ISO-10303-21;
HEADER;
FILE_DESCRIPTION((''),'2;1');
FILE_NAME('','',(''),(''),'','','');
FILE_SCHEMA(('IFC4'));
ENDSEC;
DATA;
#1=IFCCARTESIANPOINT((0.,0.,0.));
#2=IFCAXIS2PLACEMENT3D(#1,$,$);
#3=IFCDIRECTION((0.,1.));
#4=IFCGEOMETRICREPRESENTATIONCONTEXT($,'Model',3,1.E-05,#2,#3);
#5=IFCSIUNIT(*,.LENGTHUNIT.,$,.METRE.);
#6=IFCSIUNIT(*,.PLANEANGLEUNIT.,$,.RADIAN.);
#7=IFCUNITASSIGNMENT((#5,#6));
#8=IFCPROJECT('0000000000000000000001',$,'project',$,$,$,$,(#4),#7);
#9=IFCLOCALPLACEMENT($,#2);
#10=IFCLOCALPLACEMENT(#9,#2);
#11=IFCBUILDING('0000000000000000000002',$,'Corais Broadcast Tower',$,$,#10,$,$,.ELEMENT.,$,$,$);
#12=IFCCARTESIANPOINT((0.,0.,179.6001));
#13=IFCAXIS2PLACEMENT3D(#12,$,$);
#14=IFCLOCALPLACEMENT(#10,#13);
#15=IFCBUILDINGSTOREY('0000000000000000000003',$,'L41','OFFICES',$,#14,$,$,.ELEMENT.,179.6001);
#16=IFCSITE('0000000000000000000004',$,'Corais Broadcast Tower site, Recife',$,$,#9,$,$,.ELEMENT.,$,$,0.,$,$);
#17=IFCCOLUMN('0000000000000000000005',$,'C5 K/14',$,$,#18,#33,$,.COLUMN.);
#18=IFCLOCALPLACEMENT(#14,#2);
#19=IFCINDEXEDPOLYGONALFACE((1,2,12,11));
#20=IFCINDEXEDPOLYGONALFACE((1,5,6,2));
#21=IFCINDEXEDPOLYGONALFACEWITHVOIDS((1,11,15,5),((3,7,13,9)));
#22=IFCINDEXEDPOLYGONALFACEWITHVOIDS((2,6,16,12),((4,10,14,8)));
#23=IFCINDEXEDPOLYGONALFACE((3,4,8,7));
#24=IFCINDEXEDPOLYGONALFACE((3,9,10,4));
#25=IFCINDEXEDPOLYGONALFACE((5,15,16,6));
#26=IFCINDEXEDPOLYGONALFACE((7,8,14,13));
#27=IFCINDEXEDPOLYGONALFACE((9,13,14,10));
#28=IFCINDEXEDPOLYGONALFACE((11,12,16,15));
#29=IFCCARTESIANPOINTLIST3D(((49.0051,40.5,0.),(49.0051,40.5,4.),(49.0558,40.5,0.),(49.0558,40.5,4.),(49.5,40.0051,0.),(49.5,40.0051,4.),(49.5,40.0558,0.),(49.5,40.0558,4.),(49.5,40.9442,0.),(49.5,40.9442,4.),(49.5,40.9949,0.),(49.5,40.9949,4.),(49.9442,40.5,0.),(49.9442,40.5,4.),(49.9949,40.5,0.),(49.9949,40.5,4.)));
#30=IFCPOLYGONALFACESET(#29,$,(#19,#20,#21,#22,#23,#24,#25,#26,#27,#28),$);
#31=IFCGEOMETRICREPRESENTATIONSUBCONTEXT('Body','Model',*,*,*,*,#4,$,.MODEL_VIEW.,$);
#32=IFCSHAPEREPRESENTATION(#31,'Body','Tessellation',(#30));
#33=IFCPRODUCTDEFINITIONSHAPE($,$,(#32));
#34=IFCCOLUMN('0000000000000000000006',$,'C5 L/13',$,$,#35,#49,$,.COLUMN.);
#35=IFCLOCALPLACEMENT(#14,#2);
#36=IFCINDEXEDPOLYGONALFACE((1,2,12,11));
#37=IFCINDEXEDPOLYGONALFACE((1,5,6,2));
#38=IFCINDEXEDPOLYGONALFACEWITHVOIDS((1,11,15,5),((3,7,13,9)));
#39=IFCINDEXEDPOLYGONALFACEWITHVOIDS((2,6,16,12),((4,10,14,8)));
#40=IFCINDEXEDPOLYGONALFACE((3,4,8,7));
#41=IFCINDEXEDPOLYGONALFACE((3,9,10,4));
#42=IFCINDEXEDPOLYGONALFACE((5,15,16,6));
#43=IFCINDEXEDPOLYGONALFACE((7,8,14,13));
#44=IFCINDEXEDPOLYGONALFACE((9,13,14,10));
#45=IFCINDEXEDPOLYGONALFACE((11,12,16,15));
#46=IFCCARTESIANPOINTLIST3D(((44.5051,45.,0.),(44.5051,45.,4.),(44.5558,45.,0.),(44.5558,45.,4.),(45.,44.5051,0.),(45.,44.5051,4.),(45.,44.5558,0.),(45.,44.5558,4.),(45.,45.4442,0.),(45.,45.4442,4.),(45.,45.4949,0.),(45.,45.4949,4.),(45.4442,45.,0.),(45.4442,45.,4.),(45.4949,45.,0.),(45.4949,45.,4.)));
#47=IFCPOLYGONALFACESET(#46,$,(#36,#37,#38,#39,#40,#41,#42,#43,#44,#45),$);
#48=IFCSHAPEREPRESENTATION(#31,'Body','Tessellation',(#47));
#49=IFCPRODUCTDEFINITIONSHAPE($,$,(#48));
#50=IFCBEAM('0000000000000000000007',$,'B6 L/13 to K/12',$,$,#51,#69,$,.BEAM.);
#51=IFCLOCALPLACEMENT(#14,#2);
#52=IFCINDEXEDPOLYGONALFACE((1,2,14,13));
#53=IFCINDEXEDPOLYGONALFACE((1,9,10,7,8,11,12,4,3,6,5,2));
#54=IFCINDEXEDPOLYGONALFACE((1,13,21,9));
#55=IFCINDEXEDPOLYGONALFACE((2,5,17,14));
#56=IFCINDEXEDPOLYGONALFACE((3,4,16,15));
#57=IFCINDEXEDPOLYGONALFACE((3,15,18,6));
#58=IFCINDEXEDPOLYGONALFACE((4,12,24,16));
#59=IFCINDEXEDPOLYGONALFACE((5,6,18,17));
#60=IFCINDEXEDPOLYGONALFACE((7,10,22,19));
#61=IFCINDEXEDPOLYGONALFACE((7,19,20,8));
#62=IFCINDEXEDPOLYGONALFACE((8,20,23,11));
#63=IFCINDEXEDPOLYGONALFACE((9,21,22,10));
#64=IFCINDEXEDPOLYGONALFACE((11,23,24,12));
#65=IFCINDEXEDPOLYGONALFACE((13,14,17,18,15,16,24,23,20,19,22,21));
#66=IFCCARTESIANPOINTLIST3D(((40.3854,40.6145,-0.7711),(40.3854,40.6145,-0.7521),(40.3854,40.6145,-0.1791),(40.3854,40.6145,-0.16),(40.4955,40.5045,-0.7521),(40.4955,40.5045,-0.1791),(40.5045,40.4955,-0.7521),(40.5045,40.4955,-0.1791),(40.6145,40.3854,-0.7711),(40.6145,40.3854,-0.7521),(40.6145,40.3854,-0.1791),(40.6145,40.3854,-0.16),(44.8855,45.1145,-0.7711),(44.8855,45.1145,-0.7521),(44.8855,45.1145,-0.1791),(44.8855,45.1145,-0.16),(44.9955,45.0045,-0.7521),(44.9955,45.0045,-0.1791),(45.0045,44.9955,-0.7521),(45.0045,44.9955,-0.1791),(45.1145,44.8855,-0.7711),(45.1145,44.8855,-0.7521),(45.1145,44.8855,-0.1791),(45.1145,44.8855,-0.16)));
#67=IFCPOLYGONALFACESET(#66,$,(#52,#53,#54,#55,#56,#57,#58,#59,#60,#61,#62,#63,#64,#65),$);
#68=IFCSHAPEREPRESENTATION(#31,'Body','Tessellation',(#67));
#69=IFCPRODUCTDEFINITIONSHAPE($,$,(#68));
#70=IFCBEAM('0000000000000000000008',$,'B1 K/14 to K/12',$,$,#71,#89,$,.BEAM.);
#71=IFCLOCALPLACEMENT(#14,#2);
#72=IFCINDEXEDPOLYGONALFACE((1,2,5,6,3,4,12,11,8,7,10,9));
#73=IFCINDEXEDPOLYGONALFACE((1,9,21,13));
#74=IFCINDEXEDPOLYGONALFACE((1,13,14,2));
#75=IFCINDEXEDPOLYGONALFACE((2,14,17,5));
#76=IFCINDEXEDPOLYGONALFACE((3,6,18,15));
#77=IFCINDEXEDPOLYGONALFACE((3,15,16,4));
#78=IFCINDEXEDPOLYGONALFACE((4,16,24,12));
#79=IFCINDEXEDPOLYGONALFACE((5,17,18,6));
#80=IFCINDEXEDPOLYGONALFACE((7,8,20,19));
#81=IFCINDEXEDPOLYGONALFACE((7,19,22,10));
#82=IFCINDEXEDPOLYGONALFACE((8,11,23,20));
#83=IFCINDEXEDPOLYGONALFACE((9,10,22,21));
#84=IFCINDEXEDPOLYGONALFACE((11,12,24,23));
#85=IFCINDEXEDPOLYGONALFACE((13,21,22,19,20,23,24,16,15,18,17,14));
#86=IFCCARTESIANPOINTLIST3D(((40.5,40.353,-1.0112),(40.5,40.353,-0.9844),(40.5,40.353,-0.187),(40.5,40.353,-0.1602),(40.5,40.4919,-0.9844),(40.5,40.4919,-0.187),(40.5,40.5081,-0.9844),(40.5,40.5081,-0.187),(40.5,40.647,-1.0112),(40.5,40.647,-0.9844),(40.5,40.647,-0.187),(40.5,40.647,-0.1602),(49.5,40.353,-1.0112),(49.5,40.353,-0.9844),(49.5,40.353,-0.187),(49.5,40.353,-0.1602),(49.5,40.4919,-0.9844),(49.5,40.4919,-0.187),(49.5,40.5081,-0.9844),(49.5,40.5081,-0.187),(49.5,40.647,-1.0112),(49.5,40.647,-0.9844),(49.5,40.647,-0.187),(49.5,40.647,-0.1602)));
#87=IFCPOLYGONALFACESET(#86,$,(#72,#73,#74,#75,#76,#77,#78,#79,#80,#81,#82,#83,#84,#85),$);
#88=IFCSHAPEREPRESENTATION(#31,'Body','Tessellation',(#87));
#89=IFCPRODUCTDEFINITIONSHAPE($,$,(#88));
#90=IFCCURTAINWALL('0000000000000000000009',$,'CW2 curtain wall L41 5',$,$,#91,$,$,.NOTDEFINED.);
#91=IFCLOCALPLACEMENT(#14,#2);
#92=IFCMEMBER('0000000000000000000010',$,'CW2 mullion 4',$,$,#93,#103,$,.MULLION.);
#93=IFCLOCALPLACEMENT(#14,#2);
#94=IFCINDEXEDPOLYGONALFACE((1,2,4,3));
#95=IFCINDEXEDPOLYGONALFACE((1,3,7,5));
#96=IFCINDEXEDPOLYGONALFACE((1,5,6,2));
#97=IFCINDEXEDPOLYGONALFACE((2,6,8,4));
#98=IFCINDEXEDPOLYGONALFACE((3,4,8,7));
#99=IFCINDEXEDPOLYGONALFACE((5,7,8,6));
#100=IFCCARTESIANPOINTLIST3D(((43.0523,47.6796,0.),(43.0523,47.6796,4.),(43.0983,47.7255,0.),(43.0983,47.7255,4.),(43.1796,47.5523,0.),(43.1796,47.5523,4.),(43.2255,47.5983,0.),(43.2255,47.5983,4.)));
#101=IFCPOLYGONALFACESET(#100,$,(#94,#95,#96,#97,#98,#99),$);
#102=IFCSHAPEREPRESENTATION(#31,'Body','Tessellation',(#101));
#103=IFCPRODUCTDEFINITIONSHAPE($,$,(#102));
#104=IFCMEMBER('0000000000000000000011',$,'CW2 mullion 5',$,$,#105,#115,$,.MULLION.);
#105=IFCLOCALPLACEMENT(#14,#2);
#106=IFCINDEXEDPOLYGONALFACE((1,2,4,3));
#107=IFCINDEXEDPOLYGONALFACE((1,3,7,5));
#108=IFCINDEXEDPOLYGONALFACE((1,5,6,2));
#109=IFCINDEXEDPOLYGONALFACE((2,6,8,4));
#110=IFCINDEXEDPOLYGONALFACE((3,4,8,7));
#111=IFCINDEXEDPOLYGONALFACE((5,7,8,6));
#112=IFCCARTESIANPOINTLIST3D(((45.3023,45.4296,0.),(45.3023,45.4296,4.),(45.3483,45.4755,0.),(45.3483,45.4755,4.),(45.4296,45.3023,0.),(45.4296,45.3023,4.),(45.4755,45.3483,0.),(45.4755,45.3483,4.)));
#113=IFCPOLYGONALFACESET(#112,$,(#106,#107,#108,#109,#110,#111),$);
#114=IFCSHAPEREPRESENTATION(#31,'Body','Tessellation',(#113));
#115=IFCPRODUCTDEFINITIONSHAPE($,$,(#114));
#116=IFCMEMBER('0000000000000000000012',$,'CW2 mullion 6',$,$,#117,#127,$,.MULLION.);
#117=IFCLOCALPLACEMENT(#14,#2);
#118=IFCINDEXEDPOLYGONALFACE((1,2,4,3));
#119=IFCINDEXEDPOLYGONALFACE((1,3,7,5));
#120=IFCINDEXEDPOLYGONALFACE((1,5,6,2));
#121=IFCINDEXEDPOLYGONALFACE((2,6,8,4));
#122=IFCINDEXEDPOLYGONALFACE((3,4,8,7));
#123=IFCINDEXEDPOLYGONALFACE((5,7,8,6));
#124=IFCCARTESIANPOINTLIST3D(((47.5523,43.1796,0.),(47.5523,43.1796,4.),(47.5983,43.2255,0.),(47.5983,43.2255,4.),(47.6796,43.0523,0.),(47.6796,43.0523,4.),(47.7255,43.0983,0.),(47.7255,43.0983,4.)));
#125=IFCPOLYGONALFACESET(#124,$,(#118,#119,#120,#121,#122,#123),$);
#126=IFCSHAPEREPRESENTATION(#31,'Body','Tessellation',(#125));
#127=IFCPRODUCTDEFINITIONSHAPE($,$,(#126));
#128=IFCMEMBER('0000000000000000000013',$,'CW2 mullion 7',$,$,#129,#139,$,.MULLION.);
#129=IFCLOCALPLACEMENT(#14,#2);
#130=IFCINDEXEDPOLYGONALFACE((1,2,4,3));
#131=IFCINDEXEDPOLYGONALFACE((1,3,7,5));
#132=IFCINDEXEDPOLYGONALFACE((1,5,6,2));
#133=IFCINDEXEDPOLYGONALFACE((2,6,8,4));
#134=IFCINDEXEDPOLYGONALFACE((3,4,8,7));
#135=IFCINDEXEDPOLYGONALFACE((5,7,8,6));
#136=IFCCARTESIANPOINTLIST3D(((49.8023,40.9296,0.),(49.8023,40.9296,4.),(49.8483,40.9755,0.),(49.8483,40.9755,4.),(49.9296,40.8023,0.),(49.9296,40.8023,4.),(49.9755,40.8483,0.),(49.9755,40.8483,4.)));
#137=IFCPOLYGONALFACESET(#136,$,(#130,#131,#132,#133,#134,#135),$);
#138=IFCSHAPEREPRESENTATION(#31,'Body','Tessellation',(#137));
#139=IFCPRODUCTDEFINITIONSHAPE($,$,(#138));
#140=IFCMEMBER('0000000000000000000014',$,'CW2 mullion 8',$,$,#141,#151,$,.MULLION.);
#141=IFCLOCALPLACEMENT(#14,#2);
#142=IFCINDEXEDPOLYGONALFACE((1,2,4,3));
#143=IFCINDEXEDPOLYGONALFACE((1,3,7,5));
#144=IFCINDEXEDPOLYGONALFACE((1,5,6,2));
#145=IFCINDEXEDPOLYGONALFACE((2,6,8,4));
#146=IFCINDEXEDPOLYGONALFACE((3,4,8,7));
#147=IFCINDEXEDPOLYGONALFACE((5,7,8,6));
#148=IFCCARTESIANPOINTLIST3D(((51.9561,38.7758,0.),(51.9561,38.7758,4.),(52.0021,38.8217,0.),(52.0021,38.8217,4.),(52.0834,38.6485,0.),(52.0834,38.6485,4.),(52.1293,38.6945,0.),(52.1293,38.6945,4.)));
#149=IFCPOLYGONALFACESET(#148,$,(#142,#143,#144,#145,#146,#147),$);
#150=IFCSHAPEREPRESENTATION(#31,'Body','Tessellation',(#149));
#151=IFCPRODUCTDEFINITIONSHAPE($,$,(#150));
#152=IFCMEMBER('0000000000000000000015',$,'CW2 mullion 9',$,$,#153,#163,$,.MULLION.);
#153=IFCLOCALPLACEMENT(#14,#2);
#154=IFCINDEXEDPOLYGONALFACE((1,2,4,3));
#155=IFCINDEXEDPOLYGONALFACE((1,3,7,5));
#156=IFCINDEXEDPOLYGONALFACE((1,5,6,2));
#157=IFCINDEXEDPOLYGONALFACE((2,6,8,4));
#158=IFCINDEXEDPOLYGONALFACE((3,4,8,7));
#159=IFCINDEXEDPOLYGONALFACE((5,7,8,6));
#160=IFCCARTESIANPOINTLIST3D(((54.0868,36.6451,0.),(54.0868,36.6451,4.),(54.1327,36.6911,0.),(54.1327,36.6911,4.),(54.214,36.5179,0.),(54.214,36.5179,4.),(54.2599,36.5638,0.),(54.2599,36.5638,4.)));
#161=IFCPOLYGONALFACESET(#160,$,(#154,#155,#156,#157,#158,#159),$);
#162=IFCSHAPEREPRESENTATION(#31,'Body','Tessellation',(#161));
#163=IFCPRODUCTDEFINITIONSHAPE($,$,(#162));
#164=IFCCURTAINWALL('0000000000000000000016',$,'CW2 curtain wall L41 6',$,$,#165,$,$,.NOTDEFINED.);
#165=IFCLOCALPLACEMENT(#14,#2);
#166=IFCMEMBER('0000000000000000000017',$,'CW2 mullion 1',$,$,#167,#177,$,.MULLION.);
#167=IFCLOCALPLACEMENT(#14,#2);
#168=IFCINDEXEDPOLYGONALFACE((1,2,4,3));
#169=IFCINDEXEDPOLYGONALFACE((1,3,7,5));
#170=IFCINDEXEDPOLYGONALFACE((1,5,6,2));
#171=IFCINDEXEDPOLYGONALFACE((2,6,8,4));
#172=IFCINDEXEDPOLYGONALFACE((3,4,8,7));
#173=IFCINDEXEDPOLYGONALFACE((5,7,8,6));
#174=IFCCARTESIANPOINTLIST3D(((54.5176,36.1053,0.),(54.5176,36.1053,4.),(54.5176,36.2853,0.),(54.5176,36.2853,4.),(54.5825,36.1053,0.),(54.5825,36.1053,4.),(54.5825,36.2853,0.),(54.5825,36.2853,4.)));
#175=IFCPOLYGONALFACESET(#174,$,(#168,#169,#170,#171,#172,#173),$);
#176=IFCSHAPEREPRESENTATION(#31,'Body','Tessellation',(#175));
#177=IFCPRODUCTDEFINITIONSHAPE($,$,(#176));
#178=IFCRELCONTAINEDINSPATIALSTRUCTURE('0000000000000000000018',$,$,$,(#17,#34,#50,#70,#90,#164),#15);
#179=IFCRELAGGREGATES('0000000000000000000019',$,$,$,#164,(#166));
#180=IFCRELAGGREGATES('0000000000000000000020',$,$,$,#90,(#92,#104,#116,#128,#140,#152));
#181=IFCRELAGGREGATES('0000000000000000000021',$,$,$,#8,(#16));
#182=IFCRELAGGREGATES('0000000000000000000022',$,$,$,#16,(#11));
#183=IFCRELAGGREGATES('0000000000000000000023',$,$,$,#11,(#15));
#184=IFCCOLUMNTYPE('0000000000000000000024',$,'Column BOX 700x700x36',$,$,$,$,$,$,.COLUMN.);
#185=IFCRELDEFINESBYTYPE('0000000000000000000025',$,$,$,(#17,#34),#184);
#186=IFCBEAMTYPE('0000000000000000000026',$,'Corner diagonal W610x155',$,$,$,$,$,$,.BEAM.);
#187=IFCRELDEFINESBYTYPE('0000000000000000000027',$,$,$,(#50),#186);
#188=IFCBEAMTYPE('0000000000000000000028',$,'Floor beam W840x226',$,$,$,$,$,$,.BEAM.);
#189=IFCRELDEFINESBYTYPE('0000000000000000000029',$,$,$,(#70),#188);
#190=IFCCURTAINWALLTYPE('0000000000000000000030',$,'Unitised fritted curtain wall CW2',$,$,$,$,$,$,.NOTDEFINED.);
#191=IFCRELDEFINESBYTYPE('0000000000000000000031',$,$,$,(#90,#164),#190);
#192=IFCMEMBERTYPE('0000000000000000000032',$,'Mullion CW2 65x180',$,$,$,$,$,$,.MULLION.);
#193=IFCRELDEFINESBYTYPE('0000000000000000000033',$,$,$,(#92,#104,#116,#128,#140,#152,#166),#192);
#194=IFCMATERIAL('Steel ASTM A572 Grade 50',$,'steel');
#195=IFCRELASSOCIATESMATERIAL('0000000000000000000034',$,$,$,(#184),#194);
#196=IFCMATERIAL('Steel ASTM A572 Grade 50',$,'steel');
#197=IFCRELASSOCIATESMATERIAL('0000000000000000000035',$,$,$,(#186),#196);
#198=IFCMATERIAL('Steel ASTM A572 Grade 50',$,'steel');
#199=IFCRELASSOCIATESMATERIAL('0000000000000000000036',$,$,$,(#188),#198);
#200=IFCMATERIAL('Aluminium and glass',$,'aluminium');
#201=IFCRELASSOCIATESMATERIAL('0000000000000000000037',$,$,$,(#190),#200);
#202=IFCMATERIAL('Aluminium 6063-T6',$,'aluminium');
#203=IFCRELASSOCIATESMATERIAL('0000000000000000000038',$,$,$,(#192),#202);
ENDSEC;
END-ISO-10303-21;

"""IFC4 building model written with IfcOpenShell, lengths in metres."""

from ifc_helpers import new_model, si_unit, direction, frame, origin, origin_2d, place, context, subcontext, project, spatial, rectangle, hollow_rectangle, i_section, extrude, material, material_profile, profile_set, type_object, element, aggregate, save


model = new_model("IFC4")

# Units and contexts
model_context = context("Model", 3, precision=1e-05, world=origin(), true_north=direction((0.0, 1.0)))
body_context = subcontext(model_context, "Body", "Model", "MODEL_VIEW")
ifc_project = project(units=[si_unit("LENGTHUNIT", "METRE"), si_unit("PLANEANGLEUNIT", "RADIAN")], contexts=[model_context])

# Site, building, storey
site_placement = place(None, origin())
site = spatial("IfcSite", under=ifc_project, at=site_placement, Name="Corais Broadcast Tower site, Recife", CompositionType="ELEMENT", RefElevation=0.0)
building_placement = place(site_placement, origin())
building = spatial("IfcBuilding", under=site, at=building_placement, Name="Corais Broadcast Tower", CompositionType="ELEMENT")
storey_placement = place(building_placement, frame((0.0, 0.0, 179.6001)))
storey = spatial("IfcBuildingStorey", under=building, at=storey_placement, Name="L41", Description="OFFICES", CompositionType="ELEMENT", Elevation=179.6001)

# Columns
ifc_material_1 = material(Name="Steel ASTM A572 Grade 50", Category="steel")
ifc_material_profile_1 = material_profile(ifc_material_1, hollow_rectangle(XDim=0.7, YDim=0.7, WallThickness=0.0359, at=origin_2d()), Name="BOX 700x700x36")
ifc_profile_set_1 = profile_set([ifc_material_profile_1], Name="Steel ASTM A572 Grade 50")
column_type = type_object("IfcColumnType", Name="Column BOX 700x700x36", PredefinedType="COLUMN", material=ifc_profile_set_1)
for number, where, z_axis, x_axis, name in (
    (1, (49.5, 40.5, 0.0), (0.0, 0.0, 1.0), (0.707107, 0.707107, 0.0), "C5 K/14"),
    (2, (45.0, 45.0, 0.0), (0.0, 0.0, 1.0), (0.707107, 0.707107, 0.0), "C5 L/13"),
):
    element("IfcColumn", number, at=place(storey_placement, frame(where, z_axis=z_axis, x_axis=x_axis)), inside=storey, type_object=column_type, Name=name, PredefinedType="COLUMN", context=body_context, shape_type="SweptSolid", body=[
        extrude(hollow_rectangle(XDim=0.7, YDim=0.7, WallThickness=0.0359, at=origin_2d()), origin(), (0.0, 0.0, 1.0), 4.0),
    ])

# Beams
ifc_material_2 = material(Name="Steel ASTM A572 Grade 50", Category="steel")
ifc_material_profile_2 = material_profile(ifc_material_2, i_section(OverallWidth=0.324, OverallDepth=0.6111, WebThickness=0.0127, FlangeThickness=0.019, at=origin_2d()), Name="W610x155")
ifc_profile_set_2 = profile_set([ifc_material_profile_2], Name="Steel ASTM A572 Grade 50")
beam_type_1 = type_object("IfcBeamType", Name="Corner diagonal W610x155", PredefinedType="BEAM", material=ifc_profile_set_2)
beam_1_placement = place(storey_placement, frame((45.0, 45.0, -0.4656), z_axis=(-0.707107, -0.707107, 0.0), x_axis=(0.707107, -0.707107, 0.0)))
element("IfcBeam", 3, at=beam_1_placement, inside=storey, type_object=beam_type_1, Name="B6 L/13 to K/12", PredefinedType="BEAM", context=body_context, shape_type="SweptSolid", body=[
    extrude(i_section(OverallWidth=0.324, OverallDepth=0.6111, WebThickness=0.0127, FlangeThickness=0.019, at=origin_2d()), origin(), (0.0, 0.0, 1.0), 6.364),
])
ifc_material_3 = material(Name="Steel ASTM A572 Grade 50", Category="steel")
ifc_material_profile_3 = material_profile(ifc_material_3, i_section(OverallWidth=0.2939, OverallDepth=0.8511, WebThickness=0.0161, FlangeThickness=0.0269, at=origin_2d()), Name="W840x226")
ifc_profile_set_3 = profile_set([ifc_material_profile_3], Name="Steel ASTM A572 Grade 50")
beam_type_2 = type_object("IfcBeamType", Name="Floor beam W840x226", PredefinedType="BEAM", material=ifc_profile_set_3)
beam_2_placement = place(storey_placement, frame((49.5, 40.5, -0.5857), z_axis=(-1.0, 0.0, 0.0), x_axis=(0.0, -1.0, 0.0)))
element("IfcBeam", 4, at=beam_2_placement, inside=storey, type_object=beam_type_2, Name="B1 K/14 to K/12", PredefinedType="BEAM", context=body_context, shape_type="SweptSolid", body=[
    extrude(i_section(OverallWidth=0.2939, OverallDepth=0.8511, WebThickness=0.0161, FlangeThickness=0.0269, at=origin_2d()), origin(), (0.0, 0.0, 1.0), 9.0),
])

# Curtain wall, members
ifc_material_4 = material(Name="Aluminium and glass", Category="aluminium")
curtain_wall_type = type_object("IfcCurtainWallType", Name="Unitised fritted curtain wall CW2", PredefinedType="NOTDEFINED", material=ifc_material_4)
curtain_wall_1_placement = place(storey_placement, origin())
curtain_wall_1 = element("IfcCurtainWall", 5, at=curtain_wall_1_placement, inside=storey, type_object=curtain_wall_type, Name="CW2 curtain wall L41 5", PredefinedType="NOTDEFINED")
ifc_material_5 = material(Name="Aluminium 6063-T6", Category="aluminium")
ifc_material_profile_4 = material_profile(ifc_material_5, rectangle(XDim=0.0649, YDim=0.1799, at=origin_2d()), Name="Mullion CW2 65x180")
ifc_profile_set_4 = profile_set([ifc_material_profile_4], Name="Aluminium 6063-T6")
member_type_1 = type_object("IfcMemberType", Name="Mullion CW2 65x180", PredefinedType="MULLION", material=ifc_profile_set_4)
member_1_placement = place(storey_placement, frame((43.1389, 47.6389, 0.0), z_axis=(0.0, 0.0, 1.0), x_axis=(0.707107, 0.707107, 0.0)))
member_1 = element("IfcMember", 6, at=member_1_placement, type_object=member_type_1, Name="CW2 mullion 4", PredefinedType="MULLION", context=body_context, shape_type="SweptSolid", body=[
    extrude(rectangle(XDim=0.0649, YDim=0.1799, at=origin_2d()), origin(), (0.0, 0.0, 1.0), 4.0),
])
member_2_placement = place(storey_placement, frame((45.3889, 45.3889, 0.0), z_axis=(0.0, 0.0, 1.0), x_axis=(0.707107, 0.707107, 0.0)))
member_2 = element("IfcMember", 7, at=member_2_placement, type_object=member_type_1, Name="CW2 mullion 5", PredefinedType="MULLION", context=body_context, shape_type="SweptSolid", body=[
    extrude(rectangle(XDim=0.0649, YDim=0.1799, at=origin_2d()), origin(), (0.0, 0.0, 1.0), 4.0),
])
member_3_placement = place(storey_placement, frame((47.6389, 43.1389, 0.0), z_axis=(0.0, 0.0, 1.0), x_axis=(0.707107, 0.707107, 0.0)))
member_3 = element("IfcMember", 8, at=member_3_placement, type_object=member_type_1, Name="CW2 mullion 6", PredefinedType="MULLION", context=body_context, shape_type="SweptSolid", body=[
    extrude(rectangle(XDim=0.0649, YDim=0.1799, at=origin_2d()), origin(), (0.0, 0.0, 1.0), 4.0),
])
member_4_placement = place(storey_placement, frame((49.8889, 40.8889, 0.0), z_axis=(0.0, 0.0, 1.0), x_axis=(0.707107, 0.707107, 0.0)))
member_4 = element("IfcMember", 9, at=member_4_placement, type_object=member_type_1, Name="CW2 mullion 7", PredefinedType="MULLION", context=body_context, shape_type="SweptSolid", body=[
    extrude(rectangle(XDim=0.0649, YDim=0.1799, at=origin_2d()), origin(), (0.0, 0.0, 1.0), 4.0),
])
member_5_placement = place(storey_placement, frame((52.0427, 38.7351, 0.0), z_axis=(0.0, 0.0, 1.0), x_axis=(0.707107, 0.707107, 0.0)))
member_5 = element("IfcMember", 10, at=member_5_placement, type_object=member_type_1, Name="CW2 mullion 8", PredefinedType="MULLION", context=body_context, shape_type="SweptSolid", body=[
    extrude(rectangle(XDim=0.0649, YDim=0.1799, at=origin_2d()), origin(), (0.0, 0.0, 1.0), 4.0),
])
member_6_placement = place(storey_placement, frame((54.1733, 36.6045, 0.0), z_axis=(0.0, 0.0, 1.0), x_axis=(0.707107, 0.707107, 0.0)))
member_6 = element("IfcMember", 11, at=member_6_placement, type_object=member_type_1, Name="CW2 mullion 9", PredefinedType="MULLION", context=body_context, shape_type="SweptSolid", body=[
    extrude(rectangle(XDim=0.0649, YDim=0.1799, at=origin_2d()), origin(), (0.0, 0.0, 1.0), 4.0),
])

# Curtain wall, member
curtain_wall_2_placement = place(storey_placement, origin())
curtain_wall_2 = element("IfcCurtainWall", 12, at=curtain_wall_2_placement, inside=storey, type_object=curtain_wall_type, Name="CW2 curtain wall L41 6", PredefinedType="NOTDEFINED")
member_7_placement = place(storey_placement, frame((54.55, 36.1953, 0.0), z_axis=(0.0, 0.0, 1.0), x_axis=(1.0, 0.0, 0.0)))
member_7 = element("IfcMember", 13, at=member_7_placement, type_object=member_type_1, Name="CW2 mullion 1", PredefinedType="MULLION", context=body_context, shape_type="SweptSolid", body=[
    extrude(rectangle(XDim=0.0649, YDim=0.1799, at=origin_2d()), origin(), (0.0, 0.0, 1.0), 4.0),
])

aggregate(curtain_wall_2, [member_7])

aggregate(curtain_wall_1, [member_1, member_2, member_3, member_4, member_5, member_6])

save(model, "model.ifc")
